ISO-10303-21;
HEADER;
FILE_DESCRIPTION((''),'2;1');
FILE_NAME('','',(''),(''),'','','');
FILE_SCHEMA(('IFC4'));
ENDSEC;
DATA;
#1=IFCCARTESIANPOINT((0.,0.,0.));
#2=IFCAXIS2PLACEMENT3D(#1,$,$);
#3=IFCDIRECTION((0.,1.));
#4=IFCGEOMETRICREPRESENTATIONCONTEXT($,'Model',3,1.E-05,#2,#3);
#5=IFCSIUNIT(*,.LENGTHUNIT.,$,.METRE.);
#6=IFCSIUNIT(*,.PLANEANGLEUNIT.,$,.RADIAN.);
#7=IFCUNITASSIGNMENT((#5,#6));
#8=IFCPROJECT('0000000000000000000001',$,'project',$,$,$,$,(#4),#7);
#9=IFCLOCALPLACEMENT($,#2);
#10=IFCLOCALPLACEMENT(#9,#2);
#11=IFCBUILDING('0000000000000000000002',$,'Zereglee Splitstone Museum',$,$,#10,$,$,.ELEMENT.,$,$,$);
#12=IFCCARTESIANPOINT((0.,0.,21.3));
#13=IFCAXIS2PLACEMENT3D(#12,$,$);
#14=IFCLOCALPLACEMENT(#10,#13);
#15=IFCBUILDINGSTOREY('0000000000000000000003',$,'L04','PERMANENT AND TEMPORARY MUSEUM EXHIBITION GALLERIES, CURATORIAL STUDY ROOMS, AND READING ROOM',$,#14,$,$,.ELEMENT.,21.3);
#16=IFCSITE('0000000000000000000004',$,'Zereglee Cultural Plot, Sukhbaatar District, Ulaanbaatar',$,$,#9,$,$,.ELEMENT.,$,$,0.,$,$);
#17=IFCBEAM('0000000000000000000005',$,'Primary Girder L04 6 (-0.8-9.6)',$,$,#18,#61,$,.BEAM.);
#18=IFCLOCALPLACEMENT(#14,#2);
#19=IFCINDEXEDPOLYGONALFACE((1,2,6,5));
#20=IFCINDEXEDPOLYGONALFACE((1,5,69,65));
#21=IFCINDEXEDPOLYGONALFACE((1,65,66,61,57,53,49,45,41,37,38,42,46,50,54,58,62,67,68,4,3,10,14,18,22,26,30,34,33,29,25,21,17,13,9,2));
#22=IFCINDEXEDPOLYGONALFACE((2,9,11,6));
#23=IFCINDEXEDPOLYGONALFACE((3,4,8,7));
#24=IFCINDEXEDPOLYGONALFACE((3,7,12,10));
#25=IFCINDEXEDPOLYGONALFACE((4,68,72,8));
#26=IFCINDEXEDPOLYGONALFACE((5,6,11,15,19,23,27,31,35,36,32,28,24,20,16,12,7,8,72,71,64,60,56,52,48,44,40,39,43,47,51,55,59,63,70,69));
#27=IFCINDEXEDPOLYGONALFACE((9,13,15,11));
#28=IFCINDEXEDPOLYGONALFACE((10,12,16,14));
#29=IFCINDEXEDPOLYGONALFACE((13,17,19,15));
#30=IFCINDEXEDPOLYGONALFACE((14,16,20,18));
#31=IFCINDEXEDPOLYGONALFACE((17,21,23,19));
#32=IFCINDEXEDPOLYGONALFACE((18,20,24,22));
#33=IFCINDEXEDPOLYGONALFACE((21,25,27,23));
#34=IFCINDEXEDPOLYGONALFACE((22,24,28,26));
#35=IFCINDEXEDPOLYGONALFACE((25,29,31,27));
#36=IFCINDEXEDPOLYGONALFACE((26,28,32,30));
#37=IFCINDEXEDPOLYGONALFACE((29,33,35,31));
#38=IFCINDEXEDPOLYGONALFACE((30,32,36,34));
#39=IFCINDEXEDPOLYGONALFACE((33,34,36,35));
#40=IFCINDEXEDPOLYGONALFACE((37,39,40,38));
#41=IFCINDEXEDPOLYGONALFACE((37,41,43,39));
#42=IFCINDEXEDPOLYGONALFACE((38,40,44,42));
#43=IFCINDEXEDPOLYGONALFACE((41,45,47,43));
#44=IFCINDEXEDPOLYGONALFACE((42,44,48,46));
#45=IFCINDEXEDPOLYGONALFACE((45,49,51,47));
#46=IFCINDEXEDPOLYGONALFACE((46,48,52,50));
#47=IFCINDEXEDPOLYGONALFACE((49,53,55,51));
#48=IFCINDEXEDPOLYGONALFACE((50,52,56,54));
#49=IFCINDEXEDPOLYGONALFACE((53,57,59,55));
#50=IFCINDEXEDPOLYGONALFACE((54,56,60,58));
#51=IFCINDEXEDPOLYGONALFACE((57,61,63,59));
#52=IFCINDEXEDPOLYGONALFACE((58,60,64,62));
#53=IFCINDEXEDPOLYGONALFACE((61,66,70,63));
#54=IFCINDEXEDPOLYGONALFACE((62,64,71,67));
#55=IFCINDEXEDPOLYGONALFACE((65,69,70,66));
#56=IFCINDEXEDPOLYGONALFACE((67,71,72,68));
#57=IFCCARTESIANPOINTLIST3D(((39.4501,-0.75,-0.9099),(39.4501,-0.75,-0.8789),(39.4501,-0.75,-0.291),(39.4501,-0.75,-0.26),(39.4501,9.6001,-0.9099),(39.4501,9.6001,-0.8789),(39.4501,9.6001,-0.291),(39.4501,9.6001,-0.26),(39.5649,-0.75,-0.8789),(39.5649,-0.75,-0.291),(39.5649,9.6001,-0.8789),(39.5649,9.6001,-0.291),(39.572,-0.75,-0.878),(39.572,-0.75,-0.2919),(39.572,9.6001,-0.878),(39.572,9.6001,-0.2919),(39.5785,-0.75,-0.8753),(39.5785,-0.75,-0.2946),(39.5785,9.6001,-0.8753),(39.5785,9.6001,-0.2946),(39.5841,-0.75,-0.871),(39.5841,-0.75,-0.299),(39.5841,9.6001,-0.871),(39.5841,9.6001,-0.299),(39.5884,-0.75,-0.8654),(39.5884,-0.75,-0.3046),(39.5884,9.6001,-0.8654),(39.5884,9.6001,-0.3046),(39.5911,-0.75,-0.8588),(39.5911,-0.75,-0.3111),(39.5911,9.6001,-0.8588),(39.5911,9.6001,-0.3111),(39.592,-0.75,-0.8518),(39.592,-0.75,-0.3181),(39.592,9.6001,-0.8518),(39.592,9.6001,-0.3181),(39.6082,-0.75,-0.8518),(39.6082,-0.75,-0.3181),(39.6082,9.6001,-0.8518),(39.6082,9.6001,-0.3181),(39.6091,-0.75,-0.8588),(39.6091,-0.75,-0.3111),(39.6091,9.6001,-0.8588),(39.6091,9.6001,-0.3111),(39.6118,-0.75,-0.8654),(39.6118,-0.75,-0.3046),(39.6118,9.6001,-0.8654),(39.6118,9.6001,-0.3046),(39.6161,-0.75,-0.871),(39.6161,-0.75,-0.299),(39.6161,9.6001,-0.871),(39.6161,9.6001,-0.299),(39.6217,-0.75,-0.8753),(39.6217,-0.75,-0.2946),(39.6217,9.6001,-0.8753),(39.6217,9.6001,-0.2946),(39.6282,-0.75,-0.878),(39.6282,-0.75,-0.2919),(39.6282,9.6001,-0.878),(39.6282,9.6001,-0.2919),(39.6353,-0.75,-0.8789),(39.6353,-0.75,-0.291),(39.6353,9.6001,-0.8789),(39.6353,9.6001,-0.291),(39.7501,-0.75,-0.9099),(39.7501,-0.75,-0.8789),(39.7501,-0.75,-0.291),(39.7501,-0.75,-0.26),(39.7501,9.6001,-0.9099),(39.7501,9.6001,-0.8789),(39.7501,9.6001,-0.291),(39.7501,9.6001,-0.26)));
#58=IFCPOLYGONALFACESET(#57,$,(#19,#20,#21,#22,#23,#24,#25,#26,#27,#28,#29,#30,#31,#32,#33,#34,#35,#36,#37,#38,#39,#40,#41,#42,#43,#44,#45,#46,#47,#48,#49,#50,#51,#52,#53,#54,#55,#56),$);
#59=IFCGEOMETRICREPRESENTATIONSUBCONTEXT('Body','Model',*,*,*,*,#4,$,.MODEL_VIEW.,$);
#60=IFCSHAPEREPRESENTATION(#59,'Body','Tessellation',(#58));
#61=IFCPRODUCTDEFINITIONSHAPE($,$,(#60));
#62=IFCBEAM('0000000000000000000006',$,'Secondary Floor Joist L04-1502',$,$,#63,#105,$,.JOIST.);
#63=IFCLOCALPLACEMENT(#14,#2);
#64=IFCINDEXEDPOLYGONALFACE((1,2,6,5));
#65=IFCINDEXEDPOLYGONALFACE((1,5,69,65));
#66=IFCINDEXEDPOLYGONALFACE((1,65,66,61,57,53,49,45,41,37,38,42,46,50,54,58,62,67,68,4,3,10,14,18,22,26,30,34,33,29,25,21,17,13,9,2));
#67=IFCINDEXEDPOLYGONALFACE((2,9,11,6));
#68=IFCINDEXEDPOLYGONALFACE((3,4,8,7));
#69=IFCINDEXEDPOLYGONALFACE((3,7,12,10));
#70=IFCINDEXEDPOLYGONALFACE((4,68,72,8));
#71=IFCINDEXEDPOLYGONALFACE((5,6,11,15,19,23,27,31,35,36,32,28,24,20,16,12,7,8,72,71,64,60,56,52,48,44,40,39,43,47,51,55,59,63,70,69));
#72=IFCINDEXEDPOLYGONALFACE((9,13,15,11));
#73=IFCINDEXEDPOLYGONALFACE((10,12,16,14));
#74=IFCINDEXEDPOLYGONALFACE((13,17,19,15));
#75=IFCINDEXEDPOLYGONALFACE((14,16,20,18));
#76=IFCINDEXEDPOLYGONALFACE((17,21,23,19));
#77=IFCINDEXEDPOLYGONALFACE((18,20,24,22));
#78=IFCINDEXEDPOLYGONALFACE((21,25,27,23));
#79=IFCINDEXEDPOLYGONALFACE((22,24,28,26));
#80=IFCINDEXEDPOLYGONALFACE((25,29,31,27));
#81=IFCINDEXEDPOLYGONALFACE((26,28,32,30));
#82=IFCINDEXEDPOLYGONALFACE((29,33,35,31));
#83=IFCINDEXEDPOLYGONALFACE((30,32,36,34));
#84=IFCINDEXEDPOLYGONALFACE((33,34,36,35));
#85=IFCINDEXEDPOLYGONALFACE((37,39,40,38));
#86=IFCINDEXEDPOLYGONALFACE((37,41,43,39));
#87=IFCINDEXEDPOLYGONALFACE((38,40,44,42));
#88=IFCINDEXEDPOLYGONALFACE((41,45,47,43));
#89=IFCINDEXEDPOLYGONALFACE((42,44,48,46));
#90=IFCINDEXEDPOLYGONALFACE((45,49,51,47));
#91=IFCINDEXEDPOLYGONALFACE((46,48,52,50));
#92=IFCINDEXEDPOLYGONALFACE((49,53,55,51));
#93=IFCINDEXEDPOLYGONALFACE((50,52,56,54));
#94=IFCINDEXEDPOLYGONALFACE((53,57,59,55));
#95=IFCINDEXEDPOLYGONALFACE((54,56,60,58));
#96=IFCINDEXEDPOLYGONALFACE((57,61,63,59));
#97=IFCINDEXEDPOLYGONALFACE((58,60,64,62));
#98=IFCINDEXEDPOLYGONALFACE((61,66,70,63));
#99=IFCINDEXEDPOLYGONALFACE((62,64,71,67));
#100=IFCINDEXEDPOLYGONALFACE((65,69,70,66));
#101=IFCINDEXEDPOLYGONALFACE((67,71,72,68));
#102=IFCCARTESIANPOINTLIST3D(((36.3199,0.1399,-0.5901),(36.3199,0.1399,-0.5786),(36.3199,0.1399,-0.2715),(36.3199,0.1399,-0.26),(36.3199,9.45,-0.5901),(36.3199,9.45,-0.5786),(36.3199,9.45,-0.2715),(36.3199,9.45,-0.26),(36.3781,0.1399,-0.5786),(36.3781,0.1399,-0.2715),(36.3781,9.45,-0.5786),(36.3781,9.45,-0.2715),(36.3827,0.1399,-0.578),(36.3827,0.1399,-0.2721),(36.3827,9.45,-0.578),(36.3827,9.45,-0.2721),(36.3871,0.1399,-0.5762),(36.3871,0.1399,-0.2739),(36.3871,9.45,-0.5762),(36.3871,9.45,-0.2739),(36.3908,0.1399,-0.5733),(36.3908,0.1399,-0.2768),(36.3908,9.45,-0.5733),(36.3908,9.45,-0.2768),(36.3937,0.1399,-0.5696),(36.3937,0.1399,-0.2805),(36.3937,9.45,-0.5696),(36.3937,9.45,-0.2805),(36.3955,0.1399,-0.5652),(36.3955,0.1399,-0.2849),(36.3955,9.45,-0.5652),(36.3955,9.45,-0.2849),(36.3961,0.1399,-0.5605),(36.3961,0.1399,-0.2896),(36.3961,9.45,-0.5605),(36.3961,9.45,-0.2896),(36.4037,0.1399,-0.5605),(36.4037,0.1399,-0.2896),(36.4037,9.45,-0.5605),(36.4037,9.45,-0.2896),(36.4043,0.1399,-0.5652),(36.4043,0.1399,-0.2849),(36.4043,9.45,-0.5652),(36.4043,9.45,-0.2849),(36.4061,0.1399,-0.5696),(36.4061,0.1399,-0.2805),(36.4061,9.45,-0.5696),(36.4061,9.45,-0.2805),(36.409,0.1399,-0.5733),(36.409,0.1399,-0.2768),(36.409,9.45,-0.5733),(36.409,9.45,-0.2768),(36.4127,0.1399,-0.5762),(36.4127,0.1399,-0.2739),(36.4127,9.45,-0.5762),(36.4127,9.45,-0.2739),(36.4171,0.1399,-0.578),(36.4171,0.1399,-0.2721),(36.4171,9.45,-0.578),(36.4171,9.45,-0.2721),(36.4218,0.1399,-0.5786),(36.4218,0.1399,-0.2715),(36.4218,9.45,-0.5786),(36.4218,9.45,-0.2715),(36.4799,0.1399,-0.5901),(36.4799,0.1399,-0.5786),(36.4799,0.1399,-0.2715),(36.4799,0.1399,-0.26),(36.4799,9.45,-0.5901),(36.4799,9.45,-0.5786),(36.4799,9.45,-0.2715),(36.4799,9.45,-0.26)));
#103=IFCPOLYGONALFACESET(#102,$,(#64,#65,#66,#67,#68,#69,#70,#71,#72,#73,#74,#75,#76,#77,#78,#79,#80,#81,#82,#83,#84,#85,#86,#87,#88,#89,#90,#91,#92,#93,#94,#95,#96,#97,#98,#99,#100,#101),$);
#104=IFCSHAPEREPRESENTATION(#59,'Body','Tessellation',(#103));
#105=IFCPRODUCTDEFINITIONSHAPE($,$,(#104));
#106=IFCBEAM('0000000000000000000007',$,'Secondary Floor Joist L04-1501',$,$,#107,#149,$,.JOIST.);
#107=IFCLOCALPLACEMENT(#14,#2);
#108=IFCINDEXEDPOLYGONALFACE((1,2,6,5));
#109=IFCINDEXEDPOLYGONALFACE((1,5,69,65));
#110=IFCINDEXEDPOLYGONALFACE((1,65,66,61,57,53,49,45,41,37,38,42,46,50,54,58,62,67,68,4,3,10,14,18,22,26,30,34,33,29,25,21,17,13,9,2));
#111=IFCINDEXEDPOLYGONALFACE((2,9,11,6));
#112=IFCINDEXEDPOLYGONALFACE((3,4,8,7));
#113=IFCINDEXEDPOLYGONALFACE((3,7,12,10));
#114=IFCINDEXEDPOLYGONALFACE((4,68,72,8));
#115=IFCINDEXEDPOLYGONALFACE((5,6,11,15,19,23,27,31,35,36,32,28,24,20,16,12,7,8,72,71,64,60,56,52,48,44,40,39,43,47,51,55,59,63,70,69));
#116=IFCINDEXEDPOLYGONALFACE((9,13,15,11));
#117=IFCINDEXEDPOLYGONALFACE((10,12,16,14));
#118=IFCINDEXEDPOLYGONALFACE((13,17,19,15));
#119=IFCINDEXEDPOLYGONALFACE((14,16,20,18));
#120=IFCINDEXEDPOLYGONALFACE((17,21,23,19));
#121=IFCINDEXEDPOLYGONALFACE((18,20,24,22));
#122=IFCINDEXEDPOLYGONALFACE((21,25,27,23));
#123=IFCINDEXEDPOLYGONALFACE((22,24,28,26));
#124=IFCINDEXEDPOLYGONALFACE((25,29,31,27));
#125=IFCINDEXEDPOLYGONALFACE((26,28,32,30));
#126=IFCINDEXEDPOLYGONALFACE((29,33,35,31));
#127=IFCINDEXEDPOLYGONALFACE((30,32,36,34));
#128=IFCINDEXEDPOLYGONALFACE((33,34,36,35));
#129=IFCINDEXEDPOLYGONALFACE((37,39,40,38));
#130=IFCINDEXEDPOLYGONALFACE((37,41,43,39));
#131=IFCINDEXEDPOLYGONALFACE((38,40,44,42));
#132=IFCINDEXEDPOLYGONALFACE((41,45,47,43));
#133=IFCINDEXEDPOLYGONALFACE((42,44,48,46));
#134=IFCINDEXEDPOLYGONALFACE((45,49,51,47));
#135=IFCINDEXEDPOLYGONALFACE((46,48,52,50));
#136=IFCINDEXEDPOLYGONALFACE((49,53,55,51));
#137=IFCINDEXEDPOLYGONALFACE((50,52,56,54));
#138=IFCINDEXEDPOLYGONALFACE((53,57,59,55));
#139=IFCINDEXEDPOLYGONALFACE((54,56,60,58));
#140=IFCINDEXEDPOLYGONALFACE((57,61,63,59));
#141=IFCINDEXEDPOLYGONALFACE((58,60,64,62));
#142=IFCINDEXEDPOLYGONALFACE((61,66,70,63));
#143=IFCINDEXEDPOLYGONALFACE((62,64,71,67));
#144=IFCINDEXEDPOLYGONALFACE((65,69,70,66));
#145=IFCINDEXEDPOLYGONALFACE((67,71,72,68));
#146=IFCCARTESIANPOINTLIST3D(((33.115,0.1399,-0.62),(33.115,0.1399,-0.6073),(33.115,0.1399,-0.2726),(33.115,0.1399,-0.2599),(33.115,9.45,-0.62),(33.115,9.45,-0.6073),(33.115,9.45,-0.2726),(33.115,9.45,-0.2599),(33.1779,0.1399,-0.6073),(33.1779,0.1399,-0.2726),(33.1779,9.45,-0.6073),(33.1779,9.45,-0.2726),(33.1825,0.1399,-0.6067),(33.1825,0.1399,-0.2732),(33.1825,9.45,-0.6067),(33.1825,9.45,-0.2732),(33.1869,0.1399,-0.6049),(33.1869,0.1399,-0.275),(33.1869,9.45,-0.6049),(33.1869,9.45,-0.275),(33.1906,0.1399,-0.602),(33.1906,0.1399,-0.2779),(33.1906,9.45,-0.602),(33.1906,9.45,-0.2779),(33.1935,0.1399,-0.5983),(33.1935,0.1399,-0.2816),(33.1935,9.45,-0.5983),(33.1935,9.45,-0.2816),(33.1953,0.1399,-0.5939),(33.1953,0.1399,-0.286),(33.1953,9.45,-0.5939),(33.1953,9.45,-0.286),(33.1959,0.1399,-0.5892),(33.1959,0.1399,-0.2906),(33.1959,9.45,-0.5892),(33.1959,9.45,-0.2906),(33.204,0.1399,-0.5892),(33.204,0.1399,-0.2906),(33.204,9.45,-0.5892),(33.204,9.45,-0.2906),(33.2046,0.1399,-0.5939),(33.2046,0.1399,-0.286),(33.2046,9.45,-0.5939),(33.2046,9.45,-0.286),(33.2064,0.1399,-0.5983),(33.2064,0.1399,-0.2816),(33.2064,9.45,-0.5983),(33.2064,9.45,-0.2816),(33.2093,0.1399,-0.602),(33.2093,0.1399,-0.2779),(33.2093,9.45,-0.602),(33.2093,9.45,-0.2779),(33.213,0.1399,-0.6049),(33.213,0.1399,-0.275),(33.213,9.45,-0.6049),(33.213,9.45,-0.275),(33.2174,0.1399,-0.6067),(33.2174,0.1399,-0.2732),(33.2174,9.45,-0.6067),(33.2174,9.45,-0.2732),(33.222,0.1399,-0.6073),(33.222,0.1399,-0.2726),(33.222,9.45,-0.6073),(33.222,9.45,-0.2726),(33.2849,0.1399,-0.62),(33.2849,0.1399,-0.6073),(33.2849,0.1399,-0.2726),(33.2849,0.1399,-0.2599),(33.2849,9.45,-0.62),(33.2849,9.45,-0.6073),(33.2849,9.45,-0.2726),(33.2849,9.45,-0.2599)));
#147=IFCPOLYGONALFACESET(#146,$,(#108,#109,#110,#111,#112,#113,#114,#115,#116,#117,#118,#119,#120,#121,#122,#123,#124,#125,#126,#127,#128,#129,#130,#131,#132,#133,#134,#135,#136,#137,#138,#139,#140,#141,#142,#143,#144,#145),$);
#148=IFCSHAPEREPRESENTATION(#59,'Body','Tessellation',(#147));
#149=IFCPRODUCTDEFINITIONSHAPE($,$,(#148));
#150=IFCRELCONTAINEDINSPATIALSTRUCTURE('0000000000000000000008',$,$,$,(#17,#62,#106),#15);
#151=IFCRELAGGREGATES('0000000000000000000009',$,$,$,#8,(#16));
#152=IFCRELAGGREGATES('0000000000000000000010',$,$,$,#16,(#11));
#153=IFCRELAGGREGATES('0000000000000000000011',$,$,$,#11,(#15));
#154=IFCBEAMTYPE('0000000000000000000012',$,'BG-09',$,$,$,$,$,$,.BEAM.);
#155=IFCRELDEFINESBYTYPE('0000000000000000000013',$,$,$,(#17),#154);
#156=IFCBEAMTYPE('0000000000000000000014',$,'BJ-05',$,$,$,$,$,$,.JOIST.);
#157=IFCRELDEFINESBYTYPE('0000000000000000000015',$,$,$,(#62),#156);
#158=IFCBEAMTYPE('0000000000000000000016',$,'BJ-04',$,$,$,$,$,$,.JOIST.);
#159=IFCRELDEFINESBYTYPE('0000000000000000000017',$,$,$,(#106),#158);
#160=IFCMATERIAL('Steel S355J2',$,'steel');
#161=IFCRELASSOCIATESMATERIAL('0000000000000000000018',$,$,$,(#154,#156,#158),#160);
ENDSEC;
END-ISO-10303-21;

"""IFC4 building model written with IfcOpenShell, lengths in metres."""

from ifc_helpers import new_model, si_unit, direction, frame, origin, origin_2d, place, context, subcontext, project, spatial, i_section, extrude, material, material_profile, profile_set, type_object, element, save


model = new_model("IFC4")

# Units and contexts
model_context = context("Model", 3, precision=1e-05, world=origin(), true_north=direction((0.0, 1.0)))
body_context = subcontext(model_context, "Body", "Model", "MODEL_VIEW")
ifc_project = project(units=[si_unit("LENGTHUNIT", "METRE"), si_unit("PLANEANGLEUNIT", "RADIAN")], contexts=[model_context])

# Site, building, storey
site_placement = place(None, origin())
site = spatial("IfcSite", under=ifc_project, at=site_placement, Name="Zereglee Cultural Plot, Sukhbaatar District, Ulaanbaatar", CompositionType="ELEMENT", RefElevation=0.0)
building_placement = place(site_placement, origin())
building = spatial("IfcBuilding", under=site, at=building_placement, Name="Zereglee Splitstone Museum", CompositionType="ELEMENT")
storey_placement = place(building_placement, frame((0.0, 0.0, 21.3)))
storey = spatial("IfcBuildingStorey", under=building, at=storey_placement, Name="L04", Description="PERMANENT AND TEMPORARY MUSEUM EXHIBITION GALLERIES, CURATORIAL STUDY ROOMS, AND READING ROOM", CompositionType="ELEMENT", Elevation=21.3)

# Shared definitions
ifc_material_1 = material(Name="Steel S355J2", Category="steel")

# Beams
ifc_material_profile_1 = material_profile(ifc_material_1, i_section(OverallWidth=0.3, OverallDepth=0.6499, WebThickness=0.0161, FlangeThickness=0.031, FilletRadius=0.0271, at=origin_2d()), Name="HE 650 B")
ifc_profile_set_1 = profile_set([ifc_material_profile_1], Name="Steel S355J2")
beam_type_1 = type_object("IfcBeamType", Name="BG-09", PredefinedType="BEAM", material=ifc_profile_set_1)
beam_1_placement = place(storey_placement, frame((39.6001, -0.75, -0.585), z_axis=(0.0, 1.0, 0.0), x_axis=(-1.0, 0.0, 0.0)))
element("IfcBeam", 1, at=beam_1_placement, inside=storey, type_object=beam_type_1, Name="Primary Girder L04 6 (-0.8-9.6)", PredefinedType="BEAM", context=body_context, shape_type="SweptSolid", body=[
    extrude(i_section(OverallWidth=0.3, OverallDepth=0.6499, WebThickness=0.0161, FlangeThickness=0.031, FilletRadius=0.0271, at=origin_2d()), origin(), (0.0, 0.0, 1.0), 10.3501),
])
ifc_material_profile_2 = material_profile(ifc_material_1, i_section(OverallWidth=0.1599, OverallDepth=0.3301, WebThickness=0.0076, FlangeThickness=0.0115, FilletRadius=0.0181, at=origin_2d()), Name="IPE 330")
ifc_profile_set_2 = profile_set([ifc_material_profile_2], Name="Steel S355J2")
beam_type_2 = type_object("IfcBeamType", Name="BJ-05", PredefinedType="JOIST", material=ifc_profile_set_2)
beam_2_placement = place(storey_placement, frame((36.3999, 0.1399, -0.425), z_axis=(0.0, 1.0, 0.0), x_axis=(-1.0, 0.0, 0.0)))
element("IfcBeam", 2, at=beam_2_placement, inside=storey, type_object=beam_type_2, Name="Secondary Floor Joist L04-1502", PredefinedType="JOIST", context=body_context, shape_type="SweptSolid", body=[
    extrude(i_section(OverallWidth=0.1599, OverallDepth=0.3301, WebThickness=0.0076, FlangeThickness=0.0115, FilletRadius=0.0181, at=origin_2d()), origin(), (0.0, 0.0, 1.0), 9.3101),
])
ifc_material_profile_3 = material_profile(ifc_material_1, i_section(OverallWidth=0.1699, OverallDepth=0.3601, WebThickness=0.0081, FlangeThickness=0.0127, FilletRadius=0.0181, at=origin_2d()), Name="IPE 360")
ifc_profile_set_3 = profile_set([ifc_material_profile_3], Name="Steel S355J2")
beam_type_3 = type_object("IfcBeamType", Name="BJ-04", PredefinedType="JOIST", material=ifc_profile_set_3)
beam_3_placement = place(storey_placement, frame((33.2, 0.1399, -0.4399), z_axis=(0.0, 1.0, 0.0), x_axis=(-1.0, 0.0, 0.0)))
element("IfcBeam", 3, at=beam_3_placement, inside=storey, type_object=beam_type_3, Name="Secondary Floor Joist L04-1501", PredefinedType="JOIST", context=body_context, shape_type="SweptSolid", body=[
    extrude(i_section(OverallWidth=0.1699, OverallDepth=0.3601, WebThickness=0.0081, FlangeThickness=0.0127, FilletRadius=0.0181, at=origin_2d()), origin(), (0.0, 0.0, 1.0), 9.3101),
])

save(model, "model.ifc")
